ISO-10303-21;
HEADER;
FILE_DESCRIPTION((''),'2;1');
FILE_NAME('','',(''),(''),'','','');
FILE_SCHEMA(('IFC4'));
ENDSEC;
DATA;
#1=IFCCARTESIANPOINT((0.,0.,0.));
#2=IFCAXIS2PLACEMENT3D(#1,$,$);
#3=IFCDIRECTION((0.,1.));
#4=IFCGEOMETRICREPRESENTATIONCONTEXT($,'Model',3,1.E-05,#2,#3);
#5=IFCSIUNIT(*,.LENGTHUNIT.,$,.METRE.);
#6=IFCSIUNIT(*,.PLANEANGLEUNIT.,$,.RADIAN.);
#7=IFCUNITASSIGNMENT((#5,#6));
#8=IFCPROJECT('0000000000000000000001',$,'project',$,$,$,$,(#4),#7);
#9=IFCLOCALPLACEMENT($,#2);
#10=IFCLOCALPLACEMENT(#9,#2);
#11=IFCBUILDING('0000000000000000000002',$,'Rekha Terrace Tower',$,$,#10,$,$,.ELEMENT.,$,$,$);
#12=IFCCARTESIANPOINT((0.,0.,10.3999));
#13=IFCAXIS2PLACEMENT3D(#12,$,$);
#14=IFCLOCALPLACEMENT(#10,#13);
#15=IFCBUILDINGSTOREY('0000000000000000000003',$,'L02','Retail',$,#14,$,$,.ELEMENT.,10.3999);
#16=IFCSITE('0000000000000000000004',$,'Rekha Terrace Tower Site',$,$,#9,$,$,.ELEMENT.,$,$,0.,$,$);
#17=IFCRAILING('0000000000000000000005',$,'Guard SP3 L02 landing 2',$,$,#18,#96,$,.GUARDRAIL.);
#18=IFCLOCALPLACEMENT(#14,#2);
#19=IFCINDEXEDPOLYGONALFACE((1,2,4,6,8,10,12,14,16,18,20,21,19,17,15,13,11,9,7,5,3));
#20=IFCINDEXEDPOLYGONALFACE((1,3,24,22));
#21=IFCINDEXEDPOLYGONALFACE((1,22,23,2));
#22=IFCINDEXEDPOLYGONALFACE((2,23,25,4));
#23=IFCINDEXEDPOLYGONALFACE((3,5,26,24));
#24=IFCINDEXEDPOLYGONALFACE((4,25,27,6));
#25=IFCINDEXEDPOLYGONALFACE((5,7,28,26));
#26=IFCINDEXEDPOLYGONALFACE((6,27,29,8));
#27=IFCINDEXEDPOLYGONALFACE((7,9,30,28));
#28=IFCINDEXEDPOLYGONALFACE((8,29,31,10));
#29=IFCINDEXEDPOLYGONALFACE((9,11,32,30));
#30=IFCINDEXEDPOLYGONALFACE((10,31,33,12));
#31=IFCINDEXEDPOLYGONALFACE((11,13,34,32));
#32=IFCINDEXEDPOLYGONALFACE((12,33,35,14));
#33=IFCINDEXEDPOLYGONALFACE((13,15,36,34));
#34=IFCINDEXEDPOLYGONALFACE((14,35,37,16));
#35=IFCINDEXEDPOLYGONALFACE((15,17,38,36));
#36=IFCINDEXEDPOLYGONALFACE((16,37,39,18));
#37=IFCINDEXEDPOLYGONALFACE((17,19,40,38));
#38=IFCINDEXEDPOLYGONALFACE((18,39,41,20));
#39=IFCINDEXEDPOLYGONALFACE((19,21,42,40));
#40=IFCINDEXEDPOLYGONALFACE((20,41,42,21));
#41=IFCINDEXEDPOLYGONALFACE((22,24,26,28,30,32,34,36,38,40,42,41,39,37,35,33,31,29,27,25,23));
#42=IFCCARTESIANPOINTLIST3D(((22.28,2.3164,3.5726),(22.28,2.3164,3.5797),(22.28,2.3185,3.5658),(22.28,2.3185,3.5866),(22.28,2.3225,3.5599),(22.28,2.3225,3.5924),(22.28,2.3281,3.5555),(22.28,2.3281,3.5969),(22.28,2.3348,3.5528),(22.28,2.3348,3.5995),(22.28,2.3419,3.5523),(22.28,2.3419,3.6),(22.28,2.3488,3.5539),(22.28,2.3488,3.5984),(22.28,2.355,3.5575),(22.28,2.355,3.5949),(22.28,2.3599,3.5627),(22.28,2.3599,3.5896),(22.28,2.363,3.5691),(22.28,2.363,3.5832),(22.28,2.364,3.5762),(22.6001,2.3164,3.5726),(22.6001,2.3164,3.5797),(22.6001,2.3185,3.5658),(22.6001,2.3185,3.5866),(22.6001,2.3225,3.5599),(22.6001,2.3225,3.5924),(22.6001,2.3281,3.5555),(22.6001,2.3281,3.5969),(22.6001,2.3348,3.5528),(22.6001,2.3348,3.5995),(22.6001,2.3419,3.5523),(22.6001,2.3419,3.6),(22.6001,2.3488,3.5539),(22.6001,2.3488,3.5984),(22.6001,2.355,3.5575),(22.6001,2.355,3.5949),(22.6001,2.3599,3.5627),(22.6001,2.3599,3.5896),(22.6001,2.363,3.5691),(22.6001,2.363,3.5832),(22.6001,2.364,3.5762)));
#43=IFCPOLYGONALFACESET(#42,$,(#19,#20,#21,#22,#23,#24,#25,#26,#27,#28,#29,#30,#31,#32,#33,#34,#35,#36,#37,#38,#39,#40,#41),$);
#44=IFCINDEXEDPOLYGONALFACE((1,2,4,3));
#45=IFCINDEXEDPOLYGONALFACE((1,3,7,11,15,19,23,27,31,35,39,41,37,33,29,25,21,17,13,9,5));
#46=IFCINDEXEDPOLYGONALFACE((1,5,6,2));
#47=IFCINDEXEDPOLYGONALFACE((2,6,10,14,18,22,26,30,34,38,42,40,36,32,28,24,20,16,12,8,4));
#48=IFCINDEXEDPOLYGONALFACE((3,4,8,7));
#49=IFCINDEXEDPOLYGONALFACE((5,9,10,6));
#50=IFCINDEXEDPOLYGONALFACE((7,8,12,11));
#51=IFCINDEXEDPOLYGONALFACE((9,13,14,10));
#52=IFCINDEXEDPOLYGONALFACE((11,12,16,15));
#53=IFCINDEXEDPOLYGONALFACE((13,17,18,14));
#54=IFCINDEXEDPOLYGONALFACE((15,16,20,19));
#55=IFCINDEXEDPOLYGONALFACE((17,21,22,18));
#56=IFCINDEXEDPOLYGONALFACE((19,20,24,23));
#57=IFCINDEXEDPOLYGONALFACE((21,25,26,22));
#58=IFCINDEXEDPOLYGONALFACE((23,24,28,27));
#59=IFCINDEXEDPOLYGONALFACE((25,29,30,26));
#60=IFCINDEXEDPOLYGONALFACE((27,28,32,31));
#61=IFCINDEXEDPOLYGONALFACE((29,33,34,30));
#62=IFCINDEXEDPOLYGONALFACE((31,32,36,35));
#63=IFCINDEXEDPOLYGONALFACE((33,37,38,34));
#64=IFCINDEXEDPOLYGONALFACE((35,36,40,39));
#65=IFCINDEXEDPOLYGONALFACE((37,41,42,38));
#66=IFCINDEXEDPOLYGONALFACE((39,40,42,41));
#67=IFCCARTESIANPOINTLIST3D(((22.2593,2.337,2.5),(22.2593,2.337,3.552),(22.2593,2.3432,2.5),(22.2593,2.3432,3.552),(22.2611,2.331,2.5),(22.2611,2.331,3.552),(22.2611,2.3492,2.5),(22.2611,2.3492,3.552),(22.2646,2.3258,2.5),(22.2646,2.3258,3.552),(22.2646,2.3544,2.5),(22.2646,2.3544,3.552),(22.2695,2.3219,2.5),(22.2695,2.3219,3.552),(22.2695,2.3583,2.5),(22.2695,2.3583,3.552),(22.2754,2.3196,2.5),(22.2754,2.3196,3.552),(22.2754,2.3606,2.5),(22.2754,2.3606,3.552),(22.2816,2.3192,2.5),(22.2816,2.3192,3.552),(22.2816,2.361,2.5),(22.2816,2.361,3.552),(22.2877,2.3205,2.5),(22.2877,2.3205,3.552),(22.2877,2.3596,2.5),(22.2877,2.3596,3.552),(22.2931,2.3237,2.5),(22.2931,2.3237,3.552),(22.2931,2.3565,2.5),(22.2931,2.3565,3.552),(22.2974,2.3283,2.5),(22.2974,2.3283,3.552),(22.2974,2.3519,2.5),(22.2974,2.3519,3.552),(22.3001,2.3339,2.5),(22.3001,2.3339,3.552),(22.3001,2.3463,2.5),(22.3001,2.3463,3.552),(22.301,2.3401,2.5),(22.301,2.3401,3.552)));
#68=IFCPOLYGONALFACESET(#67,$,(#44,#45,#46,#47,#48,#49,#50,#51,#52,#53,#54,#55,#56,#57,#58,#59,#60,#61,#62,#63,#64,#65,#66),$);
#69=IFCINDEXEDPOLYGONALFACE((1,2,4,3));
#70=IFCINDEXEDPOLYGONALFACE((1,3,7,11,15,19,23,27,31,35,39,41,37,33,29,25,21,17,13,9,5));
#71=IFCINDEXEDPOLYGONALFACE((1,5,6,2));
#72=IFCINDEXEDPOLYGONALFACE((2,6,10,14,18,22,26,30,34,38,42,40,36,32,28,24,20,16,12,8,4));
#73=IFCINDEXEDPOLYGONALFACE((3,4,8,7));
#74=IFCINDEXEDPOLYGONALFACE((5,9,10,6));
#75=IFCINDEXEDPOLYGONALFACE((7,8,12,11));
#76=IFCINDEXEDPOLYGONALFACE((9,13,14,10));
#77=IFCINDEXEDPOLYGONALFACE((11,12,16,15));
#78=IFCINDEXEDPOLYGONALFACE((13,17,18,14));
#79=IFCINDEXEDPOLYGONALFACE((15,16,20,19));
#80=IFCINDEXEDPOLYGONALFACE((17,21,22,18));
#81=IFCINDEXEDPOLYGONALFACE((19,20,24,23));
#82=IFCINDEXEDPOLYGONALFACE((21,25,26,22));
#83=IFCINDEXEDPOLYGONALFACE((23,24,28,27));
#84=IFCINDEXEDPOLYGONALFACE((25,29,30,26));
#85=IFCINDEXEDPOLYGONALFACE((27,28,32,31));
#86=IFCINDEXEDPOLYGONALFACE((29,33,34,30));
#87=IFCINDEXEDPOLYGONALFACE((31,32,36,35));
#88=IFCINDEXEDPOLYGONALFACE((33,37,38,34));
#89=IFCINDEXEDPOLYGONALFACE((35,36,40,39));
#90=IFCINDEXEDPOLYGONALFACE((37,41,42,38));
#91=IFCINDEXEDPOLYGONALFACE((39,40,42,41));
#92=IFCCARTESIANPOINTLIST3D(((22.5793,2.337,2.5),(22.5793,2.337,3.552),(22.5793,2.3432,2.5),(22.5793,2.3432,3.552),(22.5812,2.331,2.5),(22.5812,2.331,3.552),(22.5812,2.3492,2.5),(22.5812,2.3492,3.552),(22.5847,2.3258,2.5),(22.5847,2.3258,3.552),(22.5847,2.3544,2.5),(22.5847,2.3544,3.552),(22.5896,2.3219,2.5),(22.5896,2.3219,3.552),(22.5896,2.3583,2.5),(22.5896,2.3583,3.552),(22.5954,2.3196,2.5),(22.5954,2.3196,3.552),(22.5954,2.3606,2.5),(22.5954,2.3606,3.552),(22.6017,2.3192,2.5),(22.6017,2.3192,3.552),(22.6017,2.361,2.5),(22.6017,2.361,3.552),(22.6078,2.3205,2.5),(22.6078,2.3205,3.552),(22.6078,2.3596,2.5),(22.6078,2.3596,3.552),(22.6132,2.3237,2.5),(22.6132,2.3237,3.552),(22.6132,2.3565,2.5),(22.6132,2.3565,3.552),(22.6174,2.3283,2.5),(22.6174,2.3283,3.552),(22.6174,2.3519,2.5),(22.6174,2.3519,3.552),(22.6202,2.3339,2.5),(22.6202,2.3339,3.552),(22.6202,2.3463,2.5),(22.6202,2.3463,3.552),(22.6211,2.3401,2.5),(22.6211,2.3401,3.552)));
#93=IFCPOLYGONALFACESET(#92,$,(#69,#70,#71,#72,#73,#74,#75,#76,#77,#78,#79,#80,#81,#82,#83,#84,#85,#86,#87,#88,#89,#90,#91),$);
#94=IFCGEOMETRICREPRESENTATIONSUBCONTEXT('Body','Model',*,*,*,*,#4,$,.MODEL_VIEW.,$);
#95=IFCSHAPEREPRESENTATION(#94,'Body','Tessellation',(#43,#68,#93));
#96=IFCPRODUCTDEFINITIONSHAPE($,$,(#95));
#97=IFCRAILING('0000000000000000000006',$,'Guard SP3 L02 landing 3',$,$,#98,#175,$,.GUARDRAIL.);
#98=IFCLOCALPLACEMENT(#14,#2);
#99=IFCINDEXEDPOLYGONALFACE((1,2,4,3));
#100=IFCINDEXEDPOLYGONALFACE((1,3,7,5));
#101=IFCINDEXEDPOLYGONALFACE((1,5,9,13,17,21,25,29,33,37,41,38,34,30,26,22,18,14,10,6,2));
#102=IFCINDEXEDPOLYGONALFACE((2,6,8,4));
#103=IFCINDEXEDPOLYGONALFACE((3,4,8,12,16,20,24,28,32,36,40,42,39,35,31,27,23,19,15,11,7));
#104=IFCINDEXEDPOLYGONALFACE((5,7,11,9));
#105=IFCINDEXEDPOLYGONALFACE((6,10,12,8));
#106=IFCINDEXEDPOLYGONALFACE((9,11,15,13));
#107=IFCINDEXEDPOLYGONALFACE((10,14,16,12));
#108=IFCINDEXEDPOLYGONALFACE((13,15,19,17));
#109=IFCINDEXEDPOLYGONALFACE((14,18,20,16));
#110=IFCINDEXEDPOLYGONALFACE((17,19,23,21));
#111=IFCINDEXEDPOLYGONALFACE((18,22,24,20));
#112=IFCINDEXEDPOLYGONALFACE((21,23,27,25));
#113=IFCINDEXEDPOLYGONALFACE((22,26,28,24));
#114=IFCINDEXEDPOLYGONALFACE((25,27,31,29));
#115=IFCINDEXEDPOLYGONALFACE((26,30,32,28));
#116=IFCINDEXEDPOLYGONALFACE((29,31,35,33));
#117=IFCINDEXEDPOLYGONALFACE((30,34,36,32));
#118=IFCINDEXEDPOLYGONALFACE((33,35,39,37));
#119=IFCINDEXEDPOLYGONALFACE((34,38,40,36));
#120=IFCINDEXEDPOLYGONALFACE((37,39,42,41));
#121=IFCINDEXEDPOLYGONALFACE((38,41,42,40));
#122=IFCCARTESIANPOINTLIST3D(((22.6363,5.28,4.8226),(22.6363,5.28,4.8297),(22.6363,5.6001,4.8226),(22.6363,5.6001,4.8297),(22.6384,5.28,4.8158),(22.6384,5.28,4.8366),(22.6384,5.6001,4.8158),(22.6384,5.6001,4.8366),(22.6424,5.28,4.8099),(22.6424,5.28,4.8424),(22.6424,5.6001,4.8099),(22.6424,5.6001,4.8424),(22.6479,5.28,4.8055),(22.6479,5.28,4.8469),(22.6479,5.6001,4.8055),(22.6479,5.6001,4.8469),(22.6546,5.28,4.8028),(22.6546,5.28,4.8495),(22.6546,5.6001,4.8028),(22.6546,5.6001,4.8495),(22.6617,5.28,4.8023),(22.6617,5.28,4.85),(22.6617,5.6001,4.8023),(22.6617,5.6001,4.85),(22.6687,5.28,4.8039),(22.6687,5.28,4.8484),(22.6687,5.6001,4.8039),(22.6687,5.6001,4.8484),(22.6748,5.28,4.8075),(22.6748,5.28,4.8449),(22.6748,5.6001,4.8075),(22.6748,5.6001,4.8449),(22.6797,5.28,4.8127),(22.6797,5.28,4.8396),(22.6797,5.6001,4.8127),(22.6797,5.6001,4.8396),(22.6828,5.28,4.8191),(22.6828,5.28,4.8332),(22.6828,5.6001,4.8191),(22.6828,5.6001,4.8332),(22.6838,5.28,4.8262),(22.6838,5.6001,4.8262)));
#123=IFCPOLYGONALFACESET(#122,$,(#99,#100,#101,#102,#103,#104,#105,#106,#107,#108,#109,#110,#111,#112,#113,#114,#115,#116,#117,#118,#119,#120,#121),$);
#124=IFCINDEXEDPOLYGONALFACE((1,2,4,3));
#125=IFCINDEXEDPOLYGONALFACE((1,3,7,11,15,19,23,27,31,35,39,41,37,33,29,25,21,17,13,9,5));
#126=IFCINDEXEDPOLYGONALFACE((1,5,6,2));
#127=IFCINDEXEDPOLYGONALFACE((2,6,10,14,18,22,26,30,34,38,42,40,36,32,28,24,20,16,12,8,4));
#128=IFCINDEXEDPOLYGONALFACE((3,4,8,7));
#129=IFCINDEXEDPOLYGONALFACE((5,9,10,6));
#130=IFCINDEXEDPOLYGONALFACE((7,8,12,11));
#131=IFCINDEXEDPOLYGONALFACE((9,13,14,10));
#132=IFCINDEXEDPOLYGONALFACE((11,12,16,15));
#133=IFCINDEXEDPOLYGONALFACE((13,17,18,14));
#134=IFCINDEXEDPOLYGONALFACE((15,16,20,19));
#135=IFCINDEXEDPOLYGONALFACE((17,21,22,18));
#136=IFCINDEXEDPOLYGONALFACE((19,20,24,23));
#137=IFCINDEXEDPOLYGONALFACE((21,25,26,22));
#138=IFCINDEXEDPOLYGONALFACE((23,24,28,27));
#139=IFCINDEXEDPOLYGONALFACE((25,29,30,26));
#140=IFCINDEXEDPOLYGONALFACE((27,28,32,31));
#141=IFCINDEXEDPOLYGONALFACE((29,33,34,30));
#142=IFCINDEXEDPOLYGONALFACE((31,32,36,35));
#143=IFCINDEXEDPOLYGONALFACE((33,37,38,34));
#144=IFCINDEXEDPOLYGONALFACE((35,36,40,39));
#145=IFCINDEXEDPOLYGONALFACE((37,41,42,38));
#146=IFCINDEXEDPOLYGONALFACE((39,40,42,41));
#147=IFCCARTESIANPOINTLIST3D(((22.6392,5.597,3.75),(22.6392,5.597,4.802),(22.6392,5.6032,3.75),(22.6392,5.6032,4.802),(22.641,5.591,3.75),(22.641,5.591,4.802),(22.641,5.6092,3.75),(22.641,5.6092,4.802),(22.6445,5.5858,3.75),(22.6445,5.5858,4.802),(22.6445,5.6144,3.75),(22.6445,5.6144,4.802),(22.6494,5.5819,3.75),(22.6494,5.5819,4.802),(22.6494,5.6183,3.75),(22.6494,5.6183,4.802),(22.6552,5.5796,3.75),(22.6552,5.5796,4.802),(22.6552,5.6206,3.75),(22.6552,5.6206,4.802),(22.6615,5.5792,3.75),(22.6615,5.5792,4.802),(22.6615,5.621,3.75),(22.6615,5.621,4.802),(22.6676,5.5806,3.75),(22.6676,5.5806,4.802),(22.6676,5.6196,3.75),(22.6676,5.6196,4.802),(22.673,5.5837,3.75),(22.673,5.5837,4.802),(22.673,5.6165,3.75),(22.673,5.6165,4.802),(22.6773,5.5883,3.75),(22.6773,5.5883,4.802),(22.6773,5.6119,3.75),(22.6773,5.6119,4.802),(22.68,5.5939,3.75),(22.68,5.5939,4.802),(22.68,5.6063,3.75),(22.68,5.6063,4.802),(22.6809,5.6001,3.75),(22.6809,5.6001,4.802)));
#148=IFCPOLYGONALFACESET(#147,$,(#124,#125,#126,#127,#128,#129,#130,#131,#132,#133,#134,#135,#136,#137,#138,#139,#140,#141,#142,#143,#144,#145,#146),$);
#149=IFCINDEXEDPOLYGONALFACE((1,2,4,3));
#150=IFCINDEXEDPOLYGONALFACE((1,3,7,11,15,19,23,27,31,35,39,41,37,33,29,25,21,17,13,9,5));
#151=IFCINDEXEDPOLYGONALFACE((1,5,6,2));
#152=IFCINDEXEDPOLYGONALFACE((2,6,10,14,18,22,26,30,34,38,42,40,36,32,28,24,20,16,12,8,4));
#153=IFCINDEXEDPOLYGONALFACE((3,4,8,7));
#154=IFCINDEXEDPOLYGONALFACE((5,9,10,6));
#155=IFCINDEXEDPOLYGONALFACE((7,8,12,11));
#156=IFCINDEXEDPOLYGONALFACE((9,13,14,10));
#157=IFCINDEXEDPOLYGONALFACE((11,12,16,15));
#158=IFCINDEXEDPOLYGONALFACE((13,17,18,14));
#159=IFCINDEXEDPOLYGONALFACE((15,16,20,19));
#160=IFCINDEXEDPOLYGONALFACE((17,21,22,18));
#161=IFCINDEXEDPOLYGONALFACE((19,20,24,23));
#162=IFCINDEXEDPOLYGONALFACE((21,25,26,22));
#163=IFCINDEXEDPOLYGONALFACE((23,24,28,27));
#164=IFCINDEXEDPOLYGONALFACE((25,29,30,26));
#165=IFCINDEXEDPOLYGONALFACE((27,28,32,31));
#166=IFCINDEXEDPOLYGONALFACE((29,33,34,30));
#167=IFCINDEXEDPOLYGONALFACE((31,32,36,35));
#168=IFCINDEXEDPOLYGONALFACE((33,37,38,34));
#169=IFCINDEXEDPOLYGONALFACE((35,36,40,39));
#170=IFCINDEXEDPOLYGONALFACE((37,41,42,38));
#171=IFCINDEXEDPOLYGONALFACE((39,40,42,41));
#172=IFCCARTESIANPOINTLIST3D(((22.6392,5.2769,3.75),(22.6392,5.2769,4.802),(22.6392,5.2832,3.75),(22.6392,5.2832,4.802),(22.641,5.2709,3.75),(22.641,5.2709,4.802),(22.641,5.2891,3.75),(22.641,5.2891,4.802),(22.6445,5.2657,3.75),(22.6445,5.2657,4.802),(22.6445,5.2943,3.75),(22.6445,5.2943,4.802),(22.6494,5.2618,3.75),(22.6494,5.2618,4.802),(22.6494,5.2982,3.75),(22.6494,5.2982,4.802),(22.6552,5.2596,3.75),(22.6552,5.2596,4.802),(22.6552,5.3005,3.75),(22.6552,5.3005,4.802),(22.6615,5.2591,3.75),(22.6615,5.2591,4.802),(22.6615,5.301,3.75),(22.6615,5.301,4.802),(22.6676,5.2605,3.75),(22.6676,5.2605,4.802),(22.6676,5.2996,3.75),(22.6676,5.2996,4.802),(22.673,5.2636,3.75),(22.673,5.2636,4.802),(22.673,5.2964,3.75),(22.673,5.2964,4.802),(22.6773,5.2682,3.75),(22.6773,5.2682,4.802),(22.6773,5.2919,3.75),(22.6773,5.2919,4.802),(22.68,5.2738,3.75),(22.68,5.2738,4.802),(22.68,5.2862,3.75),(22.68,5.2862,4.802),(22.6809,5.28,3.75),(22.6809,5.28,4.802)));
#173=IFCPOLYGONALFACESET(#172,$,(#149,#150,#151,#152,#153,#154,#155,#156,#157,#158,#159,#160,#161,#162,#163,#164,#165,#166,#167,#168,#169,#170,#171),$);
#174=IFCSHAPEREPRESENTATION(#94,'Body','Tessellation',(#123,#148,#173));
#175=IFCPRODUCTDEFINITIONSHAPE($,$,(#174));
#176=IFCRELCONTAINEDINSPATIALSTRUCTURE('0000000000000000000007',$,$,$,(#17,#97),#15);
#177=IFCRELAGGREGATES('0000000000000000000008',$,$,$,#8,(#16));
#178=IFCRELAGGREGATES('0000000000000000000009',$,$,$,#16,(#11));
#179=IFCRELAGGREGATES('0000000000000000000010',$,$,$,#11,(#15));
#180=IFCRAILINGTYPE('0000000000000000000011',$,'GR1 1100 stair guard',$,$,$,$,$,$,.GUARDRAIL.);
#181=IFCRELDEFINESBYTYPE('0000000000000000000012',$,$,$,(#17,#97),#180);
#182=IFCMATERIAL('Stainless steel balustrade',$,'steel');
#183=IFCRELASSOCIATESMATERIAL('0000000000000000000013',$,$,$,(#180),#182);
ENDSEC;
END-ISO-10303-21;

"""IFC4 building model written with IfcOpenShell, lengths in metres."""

from ifc_helpers import new_model, si_unit, direction, frame, origin, origin_2d, place, context, subcontext, project, spatial, circle, extrude, material, type_object, element, save


model = new_model("IFC4")

# Units and contexts
model_context = context("Model", 3, precision=1e-05, world=origin(), true_north=direction((0.0, 1.0)))
body_context = subcontext(model_context, "Body", "Model", "MODEL_VIEW")
ifc_project = project(units=[si_unit("LENGTHUNIT", "METRE"), si_unit("PLANEANGLEUNIT", "RADIAN")], contexts=[model_context])

# Site, building, storey
site_placement = place(None, origin())
site = spatial("IfcSite", under=ifc_project, at=site_placement, Name="Rekha Terrace Tower Site", CompositionType="ELEMENT", RefElevation=0.0)
building_placement = place(site_placement, origin())
building = spatial("IfcBuilding", under=site, at=building_placement, Name="Rekha Terrace Tower", CompositionType="ELEMENT")
storey_placement = place(building_placement, frame((0.0, 0.0, 10.3999)))
storey = spatial("IfcBuildingStorey", under=building, at=storey_placement, Name="L02", Description="Retail", CompositionType="ELEMENT", Elevation=10.3999)

# Railings
ifc_material_1 = material(Name="Stainless steel balustrade", Category="steel")
railing_type_1 = type_object("IfcRailingType", Name="GR1 1100 stair guard", PredefinedType="GUARDRAIL", material=ifc_material_1)
railing_1_placement = place(storey_placement, frame((22.28, 2.3401, 2.5)))
element("IfcRailing", 1, at=railing_1_placement, inside=storey, type_object=railing_type_1, Name="Guard SP3 L02 landing 2", PredefinedType="GUARDRAIL", context=body_context, shape_type="SweptSolid", body=[
    extrude(circle(Radius=0.0239, at=origin_2d()), frame((0.0, 0.0, 1.0762), z_axis=(1.0, 0.0, 0.0), x_axis=(0.0, 1.0, 0.0)), (0.0, 0.0, 1.0), 0.3201),
    extrude(circle(Radius=0.021, at=origin_2d()), origin(), (0.0, 0.0, 1.0), 1.052),
    extrude(circle(Radius=0.021, at=origin_2d()), frame((0.3201, 0.0, 0.0)), (0.0, 0.0, 1.0), 1.052),
])
railing_2_placement = place(storey_placement, frame((22.6599, 5.6001, 3.75)))
element("IfcRailing", 2, at=railing_2_placement, inside=storey, type_object=railing_type_1, Name="Guard SP3 L02 landing 3", PredefinedType="GUARDRAIL", context=body_context, shape_type="SweptSolid", body=[
    extrude(circle(Radius=0.0239, at=origin_2d()), frame((0.0, 0.0, 1.0762), z_axis=(0.0, -1.0, 0.0), x_axis=(1.0, 0.0, 0.0)), (0.0, 0.0, 1.0), 0.3201),
    extrude(circle(Radius=0.021, at=origin_2d()), origin(), (0.0, 0.0, 1.0), 1.052),
    extrude(circle(Radius=0.021, at=origin_2d()), frame((0.0, -0.3201, 0.0)), (0.0, 0.0, 1.0), 1.052),
])

save(model, "model.ifc")
